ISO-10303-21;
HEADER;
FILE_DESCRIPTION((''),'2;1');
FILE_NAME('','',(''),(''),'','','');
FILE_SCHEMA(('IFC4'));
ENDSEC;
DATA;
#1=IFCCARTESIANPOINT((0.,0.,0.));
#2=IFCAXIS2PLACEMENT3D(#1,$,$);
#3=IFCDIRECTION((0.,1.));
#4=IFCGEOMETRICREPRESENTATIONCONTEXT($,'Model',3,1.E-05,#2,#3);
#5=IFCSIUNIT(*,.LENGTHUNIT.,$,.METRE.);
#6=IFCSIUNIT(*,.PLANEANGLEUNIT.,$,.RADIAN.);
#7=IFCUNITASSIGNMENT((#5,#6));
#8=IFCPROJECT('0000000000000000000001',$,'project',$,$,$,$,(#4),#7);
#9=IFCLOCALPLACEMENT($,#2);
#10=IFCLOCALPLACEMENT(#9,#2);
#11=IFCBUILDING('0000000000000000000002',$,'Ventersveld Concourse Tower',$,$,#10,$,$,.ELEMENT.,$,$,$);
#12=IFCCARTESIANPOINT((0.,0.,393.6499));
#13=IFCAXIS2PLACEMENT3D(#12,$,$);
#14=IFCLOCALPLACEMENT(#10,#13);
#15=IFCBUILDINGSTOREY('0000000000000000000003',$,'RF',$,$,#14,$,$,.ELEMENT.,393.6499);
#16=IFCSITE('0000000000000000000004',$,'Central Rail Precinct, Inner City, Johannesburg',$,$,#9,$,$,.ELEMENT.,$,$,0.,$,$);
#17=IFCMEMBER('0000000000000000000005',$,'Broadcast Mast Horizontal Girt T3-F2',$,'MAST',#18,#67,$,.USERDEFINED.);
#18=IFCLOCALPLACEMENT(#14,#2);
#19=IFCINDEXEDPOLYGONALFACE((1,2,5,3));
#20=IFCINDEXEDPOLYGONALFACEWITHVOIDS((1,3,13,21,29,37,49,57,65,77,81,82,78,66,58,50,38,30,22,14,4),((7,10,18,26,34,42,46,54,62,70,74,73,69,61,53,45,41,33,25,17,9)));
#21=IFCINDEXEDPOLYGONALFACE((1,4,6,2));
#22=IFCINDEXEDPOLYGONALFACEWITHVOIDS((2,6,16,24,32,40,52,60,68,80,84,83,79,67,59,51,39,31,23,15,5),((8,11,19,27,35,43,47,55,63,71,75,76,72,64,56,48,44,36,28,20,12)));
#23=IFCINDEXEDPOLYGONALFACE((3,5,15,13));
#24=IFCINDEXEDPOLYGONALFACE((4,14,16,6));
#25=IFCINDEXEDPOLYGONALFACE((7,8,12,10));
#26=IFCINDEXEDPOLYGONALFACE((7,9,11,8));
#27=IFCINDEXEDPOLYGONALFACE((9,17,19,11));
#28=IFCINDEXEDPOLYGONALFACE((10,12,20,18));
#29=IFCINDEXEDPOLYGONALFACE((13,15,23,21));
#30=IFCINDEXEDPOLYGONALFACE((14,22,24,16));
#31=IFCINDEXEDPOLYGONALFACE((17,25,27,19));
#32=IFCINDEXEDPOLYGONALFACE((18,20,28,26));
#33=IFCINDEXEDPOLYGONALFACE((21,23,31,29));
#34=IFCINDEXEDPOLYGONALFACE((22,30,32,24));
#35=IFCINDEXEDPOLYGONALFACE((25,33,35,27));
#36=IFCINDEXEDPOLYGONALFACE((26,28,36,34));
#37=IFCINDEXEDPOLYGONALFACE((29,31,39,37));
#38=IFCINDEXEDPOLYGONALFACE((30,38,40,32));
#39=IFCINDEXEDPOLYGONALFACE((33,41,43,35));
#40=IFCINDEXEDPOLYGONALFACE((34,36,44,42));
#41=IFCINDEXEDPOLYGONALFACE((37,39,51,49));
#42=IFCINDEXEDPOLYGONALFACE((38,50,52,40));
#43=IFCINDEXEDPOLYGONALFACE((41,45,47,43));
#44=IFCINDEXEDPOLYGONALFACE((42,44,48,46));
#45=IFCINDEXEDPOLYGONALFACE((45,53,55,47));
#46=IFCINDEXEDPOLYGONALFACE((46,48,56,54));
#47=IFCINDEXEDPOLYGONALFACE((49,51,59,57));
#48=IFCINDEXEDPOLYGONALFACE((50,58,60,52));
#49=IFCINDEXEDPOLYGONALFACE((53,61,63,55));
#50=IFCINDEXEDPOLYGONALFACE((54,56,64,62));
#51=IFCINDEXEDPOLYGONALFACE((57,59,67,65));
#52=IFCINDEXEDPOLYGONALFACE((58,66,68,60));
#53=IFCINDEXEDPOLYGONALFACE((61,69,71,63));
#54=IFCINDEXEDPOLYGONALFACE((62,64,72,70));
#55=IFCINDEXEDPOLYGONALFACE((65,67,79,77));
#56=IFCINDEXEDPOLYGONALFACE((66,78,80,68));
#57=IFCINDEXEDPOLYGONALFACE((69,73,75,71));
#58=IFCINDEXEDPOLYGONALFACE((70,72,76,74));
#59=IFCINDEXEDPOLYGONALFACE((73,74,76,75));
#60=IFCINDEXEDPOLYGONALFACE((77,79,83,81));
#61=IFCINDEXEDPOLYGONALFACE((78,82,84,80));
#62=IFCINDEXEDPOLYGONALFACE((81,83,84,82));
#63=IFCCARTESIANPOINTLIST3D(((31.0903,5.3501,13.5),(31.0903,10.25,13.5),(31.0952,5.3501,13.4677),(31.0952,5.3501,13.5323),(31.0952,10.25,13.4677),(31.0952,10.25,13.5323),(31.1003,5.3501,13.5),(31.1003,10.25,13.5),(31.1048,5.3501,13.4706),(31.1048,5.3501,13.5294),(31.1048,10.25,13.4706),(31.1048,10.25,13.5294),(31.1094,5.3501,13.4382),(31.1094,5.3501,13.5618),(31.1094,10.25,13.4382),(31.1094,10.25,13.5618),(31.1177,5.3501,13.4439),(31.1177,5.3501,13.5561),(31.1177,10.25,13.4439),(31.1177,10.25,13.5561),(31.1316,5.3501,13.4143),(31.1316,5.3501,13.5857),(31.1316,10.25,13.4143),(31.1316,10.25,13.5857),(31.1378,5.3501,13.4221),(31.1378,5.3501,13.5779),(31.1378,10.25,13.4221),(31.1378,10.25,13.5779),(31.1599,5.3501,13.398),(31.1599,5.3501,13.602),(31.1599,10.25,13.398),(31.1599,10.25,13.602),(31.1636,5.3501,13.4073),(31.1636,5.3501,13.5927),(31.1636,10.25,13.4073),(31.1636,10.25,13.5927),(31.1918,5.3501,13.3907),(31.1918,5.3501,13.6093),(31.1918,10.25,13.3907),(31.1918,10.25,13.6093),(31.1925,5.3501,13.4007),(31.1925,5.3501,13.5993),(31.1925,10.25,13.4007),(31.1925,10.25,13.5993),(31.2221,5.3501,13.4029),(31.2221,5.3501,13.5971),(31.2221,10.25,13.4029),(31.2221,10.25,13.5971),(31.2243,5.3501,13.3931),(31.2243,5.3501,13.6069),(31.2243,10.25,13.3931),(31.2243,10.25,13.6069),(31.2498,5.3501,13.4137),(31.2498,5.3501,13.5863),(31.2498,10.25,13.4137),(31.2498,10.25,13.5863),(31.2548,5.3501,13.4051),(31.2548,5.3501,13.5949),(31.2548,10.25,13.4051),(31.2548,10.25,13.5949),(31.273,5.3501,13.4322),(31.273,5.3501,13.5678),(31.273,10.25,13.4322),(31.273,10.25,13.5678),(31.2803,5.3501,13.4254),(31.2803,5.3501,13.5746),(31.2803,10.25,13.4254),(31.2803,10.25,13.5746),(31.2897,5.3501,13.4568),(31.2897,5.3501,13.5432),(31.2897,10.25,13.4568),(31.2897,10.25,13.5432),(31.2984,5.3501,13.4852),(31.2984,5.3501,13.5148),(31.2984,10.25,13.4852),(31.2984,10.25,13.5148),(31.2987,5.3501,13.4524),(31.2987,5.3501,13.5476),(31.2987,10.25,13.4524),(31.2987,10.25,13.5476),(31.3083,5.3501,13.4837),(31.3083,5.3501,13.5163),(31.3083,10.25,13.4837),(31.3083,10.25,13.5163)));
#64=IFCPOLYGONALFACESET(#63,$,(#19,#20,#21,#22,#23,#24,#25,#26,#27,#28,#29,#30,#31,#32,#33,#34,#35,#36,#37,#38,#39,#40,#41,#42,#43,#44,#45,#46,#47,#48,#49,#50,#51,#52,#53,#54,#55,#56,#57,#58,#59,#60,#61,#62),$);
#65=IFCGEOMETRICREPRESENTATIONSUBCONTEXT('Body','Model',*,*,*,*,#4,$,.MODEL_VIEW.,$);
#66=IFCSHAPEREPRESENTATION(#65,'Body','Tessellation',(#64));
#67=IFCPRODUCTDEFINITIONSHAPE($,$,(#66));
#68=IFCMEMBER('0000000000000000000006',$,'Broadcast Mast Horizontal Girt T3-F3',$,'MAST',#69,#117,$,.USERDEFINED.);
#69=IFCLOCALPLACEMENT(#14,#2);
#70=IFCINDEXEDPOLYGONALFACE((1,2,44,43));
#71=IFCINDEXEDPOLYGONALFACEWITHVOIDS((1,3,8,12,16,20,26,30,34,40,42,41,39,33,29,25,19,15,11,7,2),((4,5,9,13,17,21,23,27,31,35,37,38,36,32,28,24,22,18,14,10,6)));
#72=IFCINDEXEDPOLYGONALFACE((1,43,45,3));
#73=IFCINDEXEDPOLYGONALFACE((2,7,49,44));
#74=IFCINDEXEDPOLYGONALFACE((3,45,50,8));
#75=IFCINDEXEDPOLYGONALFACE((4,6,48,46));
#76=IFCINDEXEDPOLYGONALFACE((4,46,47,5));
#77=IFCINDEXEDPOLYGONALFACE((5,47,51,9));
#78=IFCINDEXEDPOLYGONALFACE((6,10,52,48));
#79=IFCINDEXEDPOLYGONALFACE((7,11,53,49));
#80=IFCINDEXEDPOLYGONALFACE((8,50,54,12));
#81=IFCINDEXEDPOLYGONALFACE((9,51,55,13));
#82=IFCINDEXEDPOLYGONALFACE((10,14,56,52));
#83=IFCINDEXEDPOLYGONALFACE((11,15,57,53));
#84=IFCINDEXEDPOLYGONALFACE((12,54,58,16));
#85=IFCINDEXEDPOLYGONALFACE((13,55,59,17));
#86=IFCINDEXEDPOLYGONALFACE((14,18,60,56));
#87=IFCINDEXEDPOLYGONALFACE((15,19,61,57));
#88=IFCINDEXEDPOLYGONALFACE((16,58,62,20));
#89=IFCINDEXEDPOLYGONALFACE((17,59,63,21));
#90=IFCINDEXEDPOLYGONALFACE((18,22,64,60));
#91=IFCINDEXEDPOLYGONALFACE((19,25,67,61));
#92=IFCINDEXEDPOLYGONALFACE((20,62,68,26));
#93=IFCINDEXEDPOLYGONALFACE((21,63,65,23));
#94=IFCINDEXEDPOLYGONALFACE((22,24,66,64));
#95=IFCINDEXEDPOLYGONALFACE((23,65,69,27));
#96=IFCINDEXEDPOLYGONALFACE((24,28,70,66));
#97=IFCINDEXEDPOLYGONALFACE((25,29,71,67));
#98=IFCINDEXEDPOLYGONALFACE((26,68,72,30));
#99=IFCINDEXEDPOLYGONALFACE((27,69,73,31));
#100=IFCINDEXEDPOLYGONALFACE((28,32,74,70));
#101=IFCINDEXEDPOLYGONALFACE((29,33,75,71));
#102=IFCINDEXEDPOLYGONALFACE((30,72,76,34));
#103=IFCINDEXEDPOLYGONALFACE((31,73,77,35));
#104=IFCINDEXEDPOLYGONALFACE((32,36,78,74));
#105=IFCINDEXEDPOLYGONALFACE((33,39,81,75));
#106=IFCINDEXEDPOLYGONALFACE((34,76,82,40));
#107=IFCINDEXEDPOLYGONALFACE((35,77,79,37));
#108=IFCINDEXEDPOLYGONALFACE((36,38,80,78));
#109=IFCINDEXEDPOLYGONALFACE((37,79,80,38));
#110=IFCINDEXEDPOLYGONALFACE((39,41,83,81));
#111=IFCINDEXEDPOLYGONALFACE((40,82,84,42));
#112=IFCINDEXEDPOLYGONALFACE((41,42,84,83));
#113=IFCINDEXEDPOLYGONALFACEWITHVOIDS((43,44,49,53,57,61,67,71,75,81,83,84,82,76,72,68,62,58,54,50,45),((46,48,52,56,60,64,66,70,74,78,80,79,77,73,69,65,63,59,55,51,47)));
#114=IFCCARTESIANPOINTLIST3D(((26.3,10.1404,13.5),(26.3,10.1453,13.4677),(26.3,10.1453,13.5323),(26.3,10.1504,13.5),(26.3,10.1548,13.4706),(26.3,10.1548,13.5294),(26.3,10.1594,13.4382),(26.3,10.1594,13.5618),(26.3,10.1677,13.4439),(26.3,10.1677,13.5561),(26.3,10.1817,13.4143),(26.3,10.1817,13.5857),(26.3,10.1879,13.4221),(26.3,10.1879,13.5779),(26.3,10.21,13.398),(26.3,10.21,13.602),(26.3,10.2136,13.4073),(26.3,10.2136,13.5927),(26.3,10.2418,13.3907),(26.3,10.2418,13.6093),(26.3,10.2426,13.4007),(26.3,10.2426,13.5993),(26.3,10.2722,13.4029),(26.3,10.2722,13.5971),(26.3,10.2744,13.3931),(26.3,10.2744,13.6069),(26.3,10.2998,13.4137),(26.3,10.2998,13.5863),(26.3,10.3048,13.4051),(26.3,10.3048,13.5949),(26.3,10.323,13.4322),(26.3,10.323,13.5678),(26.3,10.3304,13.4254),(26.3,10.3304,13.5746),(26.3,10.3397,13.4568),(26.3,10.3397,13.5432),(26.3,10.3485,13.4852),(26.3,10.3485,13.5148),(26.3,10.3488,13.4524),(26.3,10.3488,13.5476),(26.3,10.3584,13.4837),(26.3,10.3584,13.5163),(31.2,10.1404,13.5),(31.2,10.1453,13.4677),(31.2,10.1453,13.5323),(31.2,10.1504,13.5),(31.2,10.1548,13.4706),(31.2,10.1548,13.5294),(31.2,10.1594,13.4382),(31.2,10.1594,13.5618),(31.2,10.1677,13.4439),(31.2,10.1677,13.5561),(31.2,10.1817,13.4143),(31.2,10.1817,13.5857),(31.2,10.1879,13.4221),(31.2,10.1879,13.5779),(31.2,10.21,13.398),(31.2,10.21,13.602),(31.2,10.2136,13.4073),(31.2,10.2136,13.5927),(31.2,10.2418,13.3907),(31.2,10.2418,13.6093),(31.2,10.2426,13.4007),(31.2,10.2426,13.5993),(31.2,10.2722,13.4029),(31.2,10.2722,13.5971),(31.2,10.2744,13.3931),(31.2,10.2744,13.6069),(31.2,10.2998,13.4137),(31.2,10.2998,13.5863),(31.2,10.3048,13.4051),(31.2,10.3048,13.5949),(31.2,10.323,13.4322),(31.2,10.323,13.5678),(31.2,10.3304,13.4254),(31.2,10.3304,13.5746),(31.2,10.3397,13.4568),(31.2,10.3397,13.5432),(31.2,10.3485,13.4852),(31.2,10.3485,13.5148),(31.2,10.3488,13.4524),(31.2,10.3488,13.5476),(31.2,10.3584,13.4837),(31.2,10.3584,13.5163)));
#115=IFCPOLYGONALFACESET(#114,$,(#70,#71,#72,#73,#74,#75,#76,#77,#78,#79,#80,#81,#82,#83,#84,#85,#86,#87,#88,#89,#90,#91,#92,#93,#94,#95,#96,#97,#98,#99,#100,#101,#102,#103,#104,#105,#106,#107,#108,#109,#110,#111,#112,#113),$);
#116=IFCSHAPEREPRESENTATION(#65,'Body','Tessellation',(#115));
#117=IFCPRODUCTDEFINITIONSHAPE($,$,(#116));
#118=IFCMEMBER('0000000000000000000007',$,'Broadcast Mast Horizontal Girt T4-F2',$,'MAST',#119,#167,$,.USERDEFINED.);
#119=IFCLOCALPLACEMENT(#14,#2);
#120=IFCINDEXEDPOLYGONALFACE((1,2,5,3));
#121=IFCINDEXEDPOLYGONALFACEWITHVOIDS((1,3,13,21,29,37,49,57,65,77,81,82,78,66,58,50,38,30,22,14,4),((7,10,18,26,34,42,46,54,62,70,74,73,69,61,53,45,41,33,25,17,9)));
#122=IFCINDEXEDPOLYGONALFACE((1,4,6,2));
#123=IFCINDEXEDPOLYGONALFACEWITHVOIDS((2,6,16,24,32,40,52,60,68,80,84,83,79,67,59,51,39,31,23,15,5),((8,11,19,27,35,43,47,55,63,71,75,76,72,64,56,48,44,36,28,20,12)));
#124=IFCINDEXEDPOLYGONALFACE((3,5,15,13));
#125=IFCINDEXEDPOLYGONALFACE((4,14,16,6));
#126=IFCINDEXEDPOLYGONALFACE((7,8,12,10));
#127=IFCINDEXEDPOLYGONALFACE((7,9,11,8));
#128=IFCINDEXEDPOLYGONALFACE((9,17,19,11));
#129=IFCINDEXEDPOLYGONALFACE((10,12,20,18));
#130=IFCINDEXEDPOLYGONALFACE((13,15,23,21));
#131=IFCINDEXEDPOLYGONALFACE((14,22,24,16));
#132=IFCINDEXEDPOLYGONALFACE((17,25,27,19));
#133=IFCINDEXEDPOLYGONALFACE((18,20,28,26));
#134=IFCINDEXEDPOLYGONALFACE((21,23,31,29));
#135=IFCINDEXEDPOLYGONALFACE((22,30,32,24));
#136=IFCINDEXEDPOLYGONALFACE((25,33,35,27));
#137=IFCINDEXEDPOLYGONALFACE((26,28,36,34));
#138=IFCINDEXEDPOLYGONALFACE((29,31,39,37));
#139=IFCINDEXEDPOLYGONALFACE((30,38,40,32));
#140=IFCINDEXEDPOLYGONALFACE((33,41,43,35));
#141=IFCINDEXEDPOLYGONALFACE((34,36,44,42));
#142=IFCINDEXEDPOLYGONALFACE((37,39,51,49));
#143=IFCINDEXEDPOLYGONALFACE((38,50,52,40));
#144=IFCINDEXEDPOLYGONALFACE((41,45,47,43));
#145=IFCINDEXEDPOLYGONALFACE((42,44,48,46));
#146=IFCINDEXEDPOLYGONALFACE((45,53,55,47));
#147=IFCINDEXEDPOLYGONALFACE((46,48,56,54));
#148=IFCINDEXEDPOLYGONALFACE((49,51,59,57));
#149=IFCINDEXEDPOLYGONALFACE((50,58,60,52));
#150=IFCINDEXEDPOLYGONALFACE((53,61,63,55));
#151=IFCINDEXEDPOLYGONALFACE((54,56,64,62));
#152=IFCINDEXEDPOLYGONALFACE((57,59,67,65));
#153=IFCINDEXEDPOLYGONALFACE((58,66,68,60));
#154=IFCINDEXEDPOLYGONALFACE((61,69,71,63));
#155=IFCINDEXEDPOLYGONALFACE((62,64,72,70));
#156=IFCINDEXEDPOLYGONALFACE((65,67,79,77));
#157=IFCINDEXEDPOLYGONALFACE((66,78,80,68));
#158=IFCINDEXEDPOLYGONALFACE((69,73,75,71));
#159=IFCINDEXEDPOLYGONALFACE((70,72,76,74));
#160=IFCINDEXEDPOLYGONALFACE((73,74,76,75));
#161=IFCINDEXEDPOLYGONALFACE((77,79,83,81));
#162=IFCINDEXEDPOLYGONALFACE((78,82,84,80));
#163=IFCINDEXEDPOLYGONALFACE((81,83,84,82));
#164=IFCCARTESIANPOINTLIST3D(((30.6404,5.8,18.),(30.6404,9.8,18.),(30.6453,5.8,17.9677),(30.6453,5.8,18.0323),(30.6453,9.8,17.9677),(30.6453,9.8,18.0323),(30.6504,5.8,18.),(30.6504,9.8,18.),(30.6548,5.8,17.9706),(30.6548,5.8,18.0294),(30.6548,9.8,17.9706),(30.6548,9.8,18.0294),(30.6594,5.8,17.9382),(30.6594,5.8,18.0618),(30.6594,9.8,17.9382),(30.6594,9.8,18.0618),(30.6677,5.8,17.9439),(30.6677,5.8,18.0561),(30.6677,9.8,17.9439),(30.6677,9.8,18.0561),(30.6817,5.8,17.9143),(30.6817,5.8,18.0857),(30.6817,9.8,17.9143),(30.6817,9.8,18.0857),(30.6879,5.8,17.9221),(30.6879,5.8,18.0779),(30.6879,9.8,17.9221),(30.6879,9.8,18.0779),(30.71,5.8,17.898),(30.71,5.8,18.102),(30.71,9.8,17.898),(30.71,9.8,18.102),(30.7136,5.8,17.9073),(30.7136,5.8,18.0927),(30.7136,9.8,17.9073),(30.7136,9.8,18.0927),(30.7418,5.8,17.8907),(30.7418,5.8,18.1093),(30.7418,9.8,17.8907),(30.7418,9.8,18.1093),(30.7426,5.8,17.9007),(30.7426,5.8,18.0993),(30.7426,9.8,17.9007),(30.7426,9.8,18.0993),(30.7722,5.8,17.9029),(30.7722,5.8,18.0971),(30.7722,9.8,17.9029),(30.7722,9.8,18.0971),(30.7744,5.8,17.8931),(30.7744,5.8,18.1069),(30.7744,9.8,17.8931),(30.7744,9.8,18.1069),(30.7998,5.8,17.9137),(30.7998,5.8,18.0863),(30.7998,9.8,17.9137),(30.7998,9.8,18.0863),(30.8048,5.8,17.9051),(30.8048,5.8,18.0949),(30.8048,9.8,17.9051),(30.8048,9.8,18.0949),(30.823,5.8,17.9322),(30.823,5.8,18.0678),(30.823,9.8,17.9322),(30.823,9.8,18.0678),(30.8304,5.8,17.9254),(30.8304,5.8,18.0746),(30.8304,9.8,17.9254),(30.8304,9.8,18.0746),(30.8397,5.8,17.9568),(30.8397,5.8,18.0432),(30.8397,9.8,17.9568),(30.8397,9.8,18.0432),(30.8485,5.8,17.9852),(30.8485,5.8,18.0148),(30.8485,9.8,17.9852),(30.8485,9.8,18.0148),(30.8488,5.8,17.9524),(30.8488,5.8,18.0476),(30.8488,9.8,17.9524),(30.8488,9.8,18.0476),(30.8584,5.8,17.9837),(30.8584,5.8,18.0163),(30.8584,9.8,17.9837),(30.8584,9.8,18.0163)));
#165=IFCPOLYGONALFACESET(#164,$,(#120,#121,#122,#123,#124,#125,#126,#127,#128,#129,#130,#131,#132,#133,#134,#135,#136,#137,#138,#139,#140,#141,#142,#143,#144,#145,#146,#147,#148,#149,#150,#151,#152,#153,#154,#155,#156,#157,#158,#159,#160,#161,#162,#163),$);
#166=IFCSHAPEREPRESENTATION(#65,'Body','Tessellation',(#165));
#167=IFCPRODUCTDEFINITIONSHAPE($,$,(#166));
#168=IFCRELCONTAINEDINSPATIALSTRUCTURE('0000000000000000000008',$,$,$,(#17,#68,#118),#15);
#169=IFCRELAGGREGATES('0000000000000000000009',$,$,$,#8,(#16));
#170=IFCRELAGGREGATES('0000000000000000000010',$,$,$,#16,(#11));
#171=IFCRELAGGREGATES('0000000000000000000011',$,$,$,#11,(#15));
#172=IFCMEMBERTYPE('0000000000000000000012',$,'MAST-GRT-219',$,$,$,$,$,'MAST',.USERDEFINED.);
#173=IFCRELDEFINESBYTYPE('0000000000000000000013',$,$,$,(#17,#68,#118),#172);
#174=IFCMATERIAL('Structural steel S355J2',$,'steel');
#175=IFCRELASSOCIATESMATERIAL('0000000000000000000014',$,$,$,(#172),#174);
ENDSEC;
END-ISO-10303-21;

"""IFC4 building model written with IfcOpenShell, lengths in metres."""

from ifc_helpers import new_model, si_unit, direction, frame, origin, origin_2d, place, context, subcontext, project, spatial, hollow_circle, extrude, material, material_profile, profile_set, type_object, element, save


model = new_model("IFC4")

# Units and contexts
model_context = context("Model", 3, precision=1e-05, world=origin(), true_north=direction((0.0, 1.0)))
body_context = subcontext(model_context, "Body", "Model", "MODEL_VIEW")
ifc_project = project(units=[si_unit("LENGTHUNIT", "METRE"), si_unit("PLANEANGLEUNIT", "RADIAN")], contexts=[model_context])

# Site, building, storey
site_placement = place(None, origin())
site = spatial("IfcSite", under=ifc_project, at=site_placement, Name="Central Rail Precinct, Inner City, Johannesburg", CompositionType="ELEMENT", RefElevation=0.0)
building_placement = place(site_placement, origin())
building = spatial("IfcBuilding", under=site, at=building_placement, Name="Ventersveld Concourse Tower", CompositionType="ELEMENT")
storey_placement = place(building_placement, frame((0.0, 0.0, 393.6499)))
storey = spatial("IfcBuildingStorey", under=building, at=storey_placement, Name="RF", CompositionType="ELEMENT", Elevation=393.6499)

# Members
ifc_material = material(Name="Structural steel S355J2", Category="steel")
ifc_material_profile_1 = material_profile(ifc_material, hollow_circle(Radius=0.1096, WallThickness=0.01, at=origin_2d()), Name="CHS 219.1x10")
ifc_profile_set_1 = profile_set([ifc_material_profile_1], Name="Structural steel S355J2")
member_type_1 = type_object("IfcMemberType", Name="MAST-GRT-219", ElementType="MAST", PredefinedType="USERDEFINED", material=ifc_profile_set_1)
for number, where, z_axis, x_axis, name in (
    (1, (31.2, 5.3501, 13.5), (0.0, 1.0, 0.0), (-1.0, 0.0, 0.0), "Broadcast Mast Horizontal Girt T3-F2"),
    (2, (31.2, 10.25, 13.5), (-1.0, 0.0, 0.0), (0.0, -1.0, 0.0), "Broadcast Mast Horizontal Girt T3-F3"),
):
    element("IfcMember", number, at=place(storey_placement, frame(where, z_axis=z_axis, x_axis=x_axis)), inside=storey, type_object=member_type_1, Name=name, ObjectType="MAST", PredefinedType="USERDEFINED", context=body_context, shape_type="SweptSolid", body=[
        extrude(hollow_circle(Radius=0.1096, WallThickness=0.01, at=origin_2d()), origin(), (0.0, 0.0, 1.0), 4.8999),
    ])
for number, where, z_axis, x_axis, name in (
    (3, (30.75, 5.8, 18.0), (0.0, 1.0, 0.0), (-1.0, 0.0, 0.0), "Broadcast Mast Horizontal Girt T4-F2"),
):
    element("IfcMember", number, at=place(storey_placement, frame(where, z_axis=z_axis, x_axis=x_axis)), inside=storey, type_object=member_type_1, Name=name, ObjectType="MAST", PredefinedType="USERDEFINED", context=body_context, shape_type="SweptSolid", body=[
        extrude(hollow_circle(Radius=0.1096, WallThickness=0.01, at=origin_2d()), origin(), (0.0, 0.0, 1.0), 4.0),
    ])

save(model, "model.ifc")
